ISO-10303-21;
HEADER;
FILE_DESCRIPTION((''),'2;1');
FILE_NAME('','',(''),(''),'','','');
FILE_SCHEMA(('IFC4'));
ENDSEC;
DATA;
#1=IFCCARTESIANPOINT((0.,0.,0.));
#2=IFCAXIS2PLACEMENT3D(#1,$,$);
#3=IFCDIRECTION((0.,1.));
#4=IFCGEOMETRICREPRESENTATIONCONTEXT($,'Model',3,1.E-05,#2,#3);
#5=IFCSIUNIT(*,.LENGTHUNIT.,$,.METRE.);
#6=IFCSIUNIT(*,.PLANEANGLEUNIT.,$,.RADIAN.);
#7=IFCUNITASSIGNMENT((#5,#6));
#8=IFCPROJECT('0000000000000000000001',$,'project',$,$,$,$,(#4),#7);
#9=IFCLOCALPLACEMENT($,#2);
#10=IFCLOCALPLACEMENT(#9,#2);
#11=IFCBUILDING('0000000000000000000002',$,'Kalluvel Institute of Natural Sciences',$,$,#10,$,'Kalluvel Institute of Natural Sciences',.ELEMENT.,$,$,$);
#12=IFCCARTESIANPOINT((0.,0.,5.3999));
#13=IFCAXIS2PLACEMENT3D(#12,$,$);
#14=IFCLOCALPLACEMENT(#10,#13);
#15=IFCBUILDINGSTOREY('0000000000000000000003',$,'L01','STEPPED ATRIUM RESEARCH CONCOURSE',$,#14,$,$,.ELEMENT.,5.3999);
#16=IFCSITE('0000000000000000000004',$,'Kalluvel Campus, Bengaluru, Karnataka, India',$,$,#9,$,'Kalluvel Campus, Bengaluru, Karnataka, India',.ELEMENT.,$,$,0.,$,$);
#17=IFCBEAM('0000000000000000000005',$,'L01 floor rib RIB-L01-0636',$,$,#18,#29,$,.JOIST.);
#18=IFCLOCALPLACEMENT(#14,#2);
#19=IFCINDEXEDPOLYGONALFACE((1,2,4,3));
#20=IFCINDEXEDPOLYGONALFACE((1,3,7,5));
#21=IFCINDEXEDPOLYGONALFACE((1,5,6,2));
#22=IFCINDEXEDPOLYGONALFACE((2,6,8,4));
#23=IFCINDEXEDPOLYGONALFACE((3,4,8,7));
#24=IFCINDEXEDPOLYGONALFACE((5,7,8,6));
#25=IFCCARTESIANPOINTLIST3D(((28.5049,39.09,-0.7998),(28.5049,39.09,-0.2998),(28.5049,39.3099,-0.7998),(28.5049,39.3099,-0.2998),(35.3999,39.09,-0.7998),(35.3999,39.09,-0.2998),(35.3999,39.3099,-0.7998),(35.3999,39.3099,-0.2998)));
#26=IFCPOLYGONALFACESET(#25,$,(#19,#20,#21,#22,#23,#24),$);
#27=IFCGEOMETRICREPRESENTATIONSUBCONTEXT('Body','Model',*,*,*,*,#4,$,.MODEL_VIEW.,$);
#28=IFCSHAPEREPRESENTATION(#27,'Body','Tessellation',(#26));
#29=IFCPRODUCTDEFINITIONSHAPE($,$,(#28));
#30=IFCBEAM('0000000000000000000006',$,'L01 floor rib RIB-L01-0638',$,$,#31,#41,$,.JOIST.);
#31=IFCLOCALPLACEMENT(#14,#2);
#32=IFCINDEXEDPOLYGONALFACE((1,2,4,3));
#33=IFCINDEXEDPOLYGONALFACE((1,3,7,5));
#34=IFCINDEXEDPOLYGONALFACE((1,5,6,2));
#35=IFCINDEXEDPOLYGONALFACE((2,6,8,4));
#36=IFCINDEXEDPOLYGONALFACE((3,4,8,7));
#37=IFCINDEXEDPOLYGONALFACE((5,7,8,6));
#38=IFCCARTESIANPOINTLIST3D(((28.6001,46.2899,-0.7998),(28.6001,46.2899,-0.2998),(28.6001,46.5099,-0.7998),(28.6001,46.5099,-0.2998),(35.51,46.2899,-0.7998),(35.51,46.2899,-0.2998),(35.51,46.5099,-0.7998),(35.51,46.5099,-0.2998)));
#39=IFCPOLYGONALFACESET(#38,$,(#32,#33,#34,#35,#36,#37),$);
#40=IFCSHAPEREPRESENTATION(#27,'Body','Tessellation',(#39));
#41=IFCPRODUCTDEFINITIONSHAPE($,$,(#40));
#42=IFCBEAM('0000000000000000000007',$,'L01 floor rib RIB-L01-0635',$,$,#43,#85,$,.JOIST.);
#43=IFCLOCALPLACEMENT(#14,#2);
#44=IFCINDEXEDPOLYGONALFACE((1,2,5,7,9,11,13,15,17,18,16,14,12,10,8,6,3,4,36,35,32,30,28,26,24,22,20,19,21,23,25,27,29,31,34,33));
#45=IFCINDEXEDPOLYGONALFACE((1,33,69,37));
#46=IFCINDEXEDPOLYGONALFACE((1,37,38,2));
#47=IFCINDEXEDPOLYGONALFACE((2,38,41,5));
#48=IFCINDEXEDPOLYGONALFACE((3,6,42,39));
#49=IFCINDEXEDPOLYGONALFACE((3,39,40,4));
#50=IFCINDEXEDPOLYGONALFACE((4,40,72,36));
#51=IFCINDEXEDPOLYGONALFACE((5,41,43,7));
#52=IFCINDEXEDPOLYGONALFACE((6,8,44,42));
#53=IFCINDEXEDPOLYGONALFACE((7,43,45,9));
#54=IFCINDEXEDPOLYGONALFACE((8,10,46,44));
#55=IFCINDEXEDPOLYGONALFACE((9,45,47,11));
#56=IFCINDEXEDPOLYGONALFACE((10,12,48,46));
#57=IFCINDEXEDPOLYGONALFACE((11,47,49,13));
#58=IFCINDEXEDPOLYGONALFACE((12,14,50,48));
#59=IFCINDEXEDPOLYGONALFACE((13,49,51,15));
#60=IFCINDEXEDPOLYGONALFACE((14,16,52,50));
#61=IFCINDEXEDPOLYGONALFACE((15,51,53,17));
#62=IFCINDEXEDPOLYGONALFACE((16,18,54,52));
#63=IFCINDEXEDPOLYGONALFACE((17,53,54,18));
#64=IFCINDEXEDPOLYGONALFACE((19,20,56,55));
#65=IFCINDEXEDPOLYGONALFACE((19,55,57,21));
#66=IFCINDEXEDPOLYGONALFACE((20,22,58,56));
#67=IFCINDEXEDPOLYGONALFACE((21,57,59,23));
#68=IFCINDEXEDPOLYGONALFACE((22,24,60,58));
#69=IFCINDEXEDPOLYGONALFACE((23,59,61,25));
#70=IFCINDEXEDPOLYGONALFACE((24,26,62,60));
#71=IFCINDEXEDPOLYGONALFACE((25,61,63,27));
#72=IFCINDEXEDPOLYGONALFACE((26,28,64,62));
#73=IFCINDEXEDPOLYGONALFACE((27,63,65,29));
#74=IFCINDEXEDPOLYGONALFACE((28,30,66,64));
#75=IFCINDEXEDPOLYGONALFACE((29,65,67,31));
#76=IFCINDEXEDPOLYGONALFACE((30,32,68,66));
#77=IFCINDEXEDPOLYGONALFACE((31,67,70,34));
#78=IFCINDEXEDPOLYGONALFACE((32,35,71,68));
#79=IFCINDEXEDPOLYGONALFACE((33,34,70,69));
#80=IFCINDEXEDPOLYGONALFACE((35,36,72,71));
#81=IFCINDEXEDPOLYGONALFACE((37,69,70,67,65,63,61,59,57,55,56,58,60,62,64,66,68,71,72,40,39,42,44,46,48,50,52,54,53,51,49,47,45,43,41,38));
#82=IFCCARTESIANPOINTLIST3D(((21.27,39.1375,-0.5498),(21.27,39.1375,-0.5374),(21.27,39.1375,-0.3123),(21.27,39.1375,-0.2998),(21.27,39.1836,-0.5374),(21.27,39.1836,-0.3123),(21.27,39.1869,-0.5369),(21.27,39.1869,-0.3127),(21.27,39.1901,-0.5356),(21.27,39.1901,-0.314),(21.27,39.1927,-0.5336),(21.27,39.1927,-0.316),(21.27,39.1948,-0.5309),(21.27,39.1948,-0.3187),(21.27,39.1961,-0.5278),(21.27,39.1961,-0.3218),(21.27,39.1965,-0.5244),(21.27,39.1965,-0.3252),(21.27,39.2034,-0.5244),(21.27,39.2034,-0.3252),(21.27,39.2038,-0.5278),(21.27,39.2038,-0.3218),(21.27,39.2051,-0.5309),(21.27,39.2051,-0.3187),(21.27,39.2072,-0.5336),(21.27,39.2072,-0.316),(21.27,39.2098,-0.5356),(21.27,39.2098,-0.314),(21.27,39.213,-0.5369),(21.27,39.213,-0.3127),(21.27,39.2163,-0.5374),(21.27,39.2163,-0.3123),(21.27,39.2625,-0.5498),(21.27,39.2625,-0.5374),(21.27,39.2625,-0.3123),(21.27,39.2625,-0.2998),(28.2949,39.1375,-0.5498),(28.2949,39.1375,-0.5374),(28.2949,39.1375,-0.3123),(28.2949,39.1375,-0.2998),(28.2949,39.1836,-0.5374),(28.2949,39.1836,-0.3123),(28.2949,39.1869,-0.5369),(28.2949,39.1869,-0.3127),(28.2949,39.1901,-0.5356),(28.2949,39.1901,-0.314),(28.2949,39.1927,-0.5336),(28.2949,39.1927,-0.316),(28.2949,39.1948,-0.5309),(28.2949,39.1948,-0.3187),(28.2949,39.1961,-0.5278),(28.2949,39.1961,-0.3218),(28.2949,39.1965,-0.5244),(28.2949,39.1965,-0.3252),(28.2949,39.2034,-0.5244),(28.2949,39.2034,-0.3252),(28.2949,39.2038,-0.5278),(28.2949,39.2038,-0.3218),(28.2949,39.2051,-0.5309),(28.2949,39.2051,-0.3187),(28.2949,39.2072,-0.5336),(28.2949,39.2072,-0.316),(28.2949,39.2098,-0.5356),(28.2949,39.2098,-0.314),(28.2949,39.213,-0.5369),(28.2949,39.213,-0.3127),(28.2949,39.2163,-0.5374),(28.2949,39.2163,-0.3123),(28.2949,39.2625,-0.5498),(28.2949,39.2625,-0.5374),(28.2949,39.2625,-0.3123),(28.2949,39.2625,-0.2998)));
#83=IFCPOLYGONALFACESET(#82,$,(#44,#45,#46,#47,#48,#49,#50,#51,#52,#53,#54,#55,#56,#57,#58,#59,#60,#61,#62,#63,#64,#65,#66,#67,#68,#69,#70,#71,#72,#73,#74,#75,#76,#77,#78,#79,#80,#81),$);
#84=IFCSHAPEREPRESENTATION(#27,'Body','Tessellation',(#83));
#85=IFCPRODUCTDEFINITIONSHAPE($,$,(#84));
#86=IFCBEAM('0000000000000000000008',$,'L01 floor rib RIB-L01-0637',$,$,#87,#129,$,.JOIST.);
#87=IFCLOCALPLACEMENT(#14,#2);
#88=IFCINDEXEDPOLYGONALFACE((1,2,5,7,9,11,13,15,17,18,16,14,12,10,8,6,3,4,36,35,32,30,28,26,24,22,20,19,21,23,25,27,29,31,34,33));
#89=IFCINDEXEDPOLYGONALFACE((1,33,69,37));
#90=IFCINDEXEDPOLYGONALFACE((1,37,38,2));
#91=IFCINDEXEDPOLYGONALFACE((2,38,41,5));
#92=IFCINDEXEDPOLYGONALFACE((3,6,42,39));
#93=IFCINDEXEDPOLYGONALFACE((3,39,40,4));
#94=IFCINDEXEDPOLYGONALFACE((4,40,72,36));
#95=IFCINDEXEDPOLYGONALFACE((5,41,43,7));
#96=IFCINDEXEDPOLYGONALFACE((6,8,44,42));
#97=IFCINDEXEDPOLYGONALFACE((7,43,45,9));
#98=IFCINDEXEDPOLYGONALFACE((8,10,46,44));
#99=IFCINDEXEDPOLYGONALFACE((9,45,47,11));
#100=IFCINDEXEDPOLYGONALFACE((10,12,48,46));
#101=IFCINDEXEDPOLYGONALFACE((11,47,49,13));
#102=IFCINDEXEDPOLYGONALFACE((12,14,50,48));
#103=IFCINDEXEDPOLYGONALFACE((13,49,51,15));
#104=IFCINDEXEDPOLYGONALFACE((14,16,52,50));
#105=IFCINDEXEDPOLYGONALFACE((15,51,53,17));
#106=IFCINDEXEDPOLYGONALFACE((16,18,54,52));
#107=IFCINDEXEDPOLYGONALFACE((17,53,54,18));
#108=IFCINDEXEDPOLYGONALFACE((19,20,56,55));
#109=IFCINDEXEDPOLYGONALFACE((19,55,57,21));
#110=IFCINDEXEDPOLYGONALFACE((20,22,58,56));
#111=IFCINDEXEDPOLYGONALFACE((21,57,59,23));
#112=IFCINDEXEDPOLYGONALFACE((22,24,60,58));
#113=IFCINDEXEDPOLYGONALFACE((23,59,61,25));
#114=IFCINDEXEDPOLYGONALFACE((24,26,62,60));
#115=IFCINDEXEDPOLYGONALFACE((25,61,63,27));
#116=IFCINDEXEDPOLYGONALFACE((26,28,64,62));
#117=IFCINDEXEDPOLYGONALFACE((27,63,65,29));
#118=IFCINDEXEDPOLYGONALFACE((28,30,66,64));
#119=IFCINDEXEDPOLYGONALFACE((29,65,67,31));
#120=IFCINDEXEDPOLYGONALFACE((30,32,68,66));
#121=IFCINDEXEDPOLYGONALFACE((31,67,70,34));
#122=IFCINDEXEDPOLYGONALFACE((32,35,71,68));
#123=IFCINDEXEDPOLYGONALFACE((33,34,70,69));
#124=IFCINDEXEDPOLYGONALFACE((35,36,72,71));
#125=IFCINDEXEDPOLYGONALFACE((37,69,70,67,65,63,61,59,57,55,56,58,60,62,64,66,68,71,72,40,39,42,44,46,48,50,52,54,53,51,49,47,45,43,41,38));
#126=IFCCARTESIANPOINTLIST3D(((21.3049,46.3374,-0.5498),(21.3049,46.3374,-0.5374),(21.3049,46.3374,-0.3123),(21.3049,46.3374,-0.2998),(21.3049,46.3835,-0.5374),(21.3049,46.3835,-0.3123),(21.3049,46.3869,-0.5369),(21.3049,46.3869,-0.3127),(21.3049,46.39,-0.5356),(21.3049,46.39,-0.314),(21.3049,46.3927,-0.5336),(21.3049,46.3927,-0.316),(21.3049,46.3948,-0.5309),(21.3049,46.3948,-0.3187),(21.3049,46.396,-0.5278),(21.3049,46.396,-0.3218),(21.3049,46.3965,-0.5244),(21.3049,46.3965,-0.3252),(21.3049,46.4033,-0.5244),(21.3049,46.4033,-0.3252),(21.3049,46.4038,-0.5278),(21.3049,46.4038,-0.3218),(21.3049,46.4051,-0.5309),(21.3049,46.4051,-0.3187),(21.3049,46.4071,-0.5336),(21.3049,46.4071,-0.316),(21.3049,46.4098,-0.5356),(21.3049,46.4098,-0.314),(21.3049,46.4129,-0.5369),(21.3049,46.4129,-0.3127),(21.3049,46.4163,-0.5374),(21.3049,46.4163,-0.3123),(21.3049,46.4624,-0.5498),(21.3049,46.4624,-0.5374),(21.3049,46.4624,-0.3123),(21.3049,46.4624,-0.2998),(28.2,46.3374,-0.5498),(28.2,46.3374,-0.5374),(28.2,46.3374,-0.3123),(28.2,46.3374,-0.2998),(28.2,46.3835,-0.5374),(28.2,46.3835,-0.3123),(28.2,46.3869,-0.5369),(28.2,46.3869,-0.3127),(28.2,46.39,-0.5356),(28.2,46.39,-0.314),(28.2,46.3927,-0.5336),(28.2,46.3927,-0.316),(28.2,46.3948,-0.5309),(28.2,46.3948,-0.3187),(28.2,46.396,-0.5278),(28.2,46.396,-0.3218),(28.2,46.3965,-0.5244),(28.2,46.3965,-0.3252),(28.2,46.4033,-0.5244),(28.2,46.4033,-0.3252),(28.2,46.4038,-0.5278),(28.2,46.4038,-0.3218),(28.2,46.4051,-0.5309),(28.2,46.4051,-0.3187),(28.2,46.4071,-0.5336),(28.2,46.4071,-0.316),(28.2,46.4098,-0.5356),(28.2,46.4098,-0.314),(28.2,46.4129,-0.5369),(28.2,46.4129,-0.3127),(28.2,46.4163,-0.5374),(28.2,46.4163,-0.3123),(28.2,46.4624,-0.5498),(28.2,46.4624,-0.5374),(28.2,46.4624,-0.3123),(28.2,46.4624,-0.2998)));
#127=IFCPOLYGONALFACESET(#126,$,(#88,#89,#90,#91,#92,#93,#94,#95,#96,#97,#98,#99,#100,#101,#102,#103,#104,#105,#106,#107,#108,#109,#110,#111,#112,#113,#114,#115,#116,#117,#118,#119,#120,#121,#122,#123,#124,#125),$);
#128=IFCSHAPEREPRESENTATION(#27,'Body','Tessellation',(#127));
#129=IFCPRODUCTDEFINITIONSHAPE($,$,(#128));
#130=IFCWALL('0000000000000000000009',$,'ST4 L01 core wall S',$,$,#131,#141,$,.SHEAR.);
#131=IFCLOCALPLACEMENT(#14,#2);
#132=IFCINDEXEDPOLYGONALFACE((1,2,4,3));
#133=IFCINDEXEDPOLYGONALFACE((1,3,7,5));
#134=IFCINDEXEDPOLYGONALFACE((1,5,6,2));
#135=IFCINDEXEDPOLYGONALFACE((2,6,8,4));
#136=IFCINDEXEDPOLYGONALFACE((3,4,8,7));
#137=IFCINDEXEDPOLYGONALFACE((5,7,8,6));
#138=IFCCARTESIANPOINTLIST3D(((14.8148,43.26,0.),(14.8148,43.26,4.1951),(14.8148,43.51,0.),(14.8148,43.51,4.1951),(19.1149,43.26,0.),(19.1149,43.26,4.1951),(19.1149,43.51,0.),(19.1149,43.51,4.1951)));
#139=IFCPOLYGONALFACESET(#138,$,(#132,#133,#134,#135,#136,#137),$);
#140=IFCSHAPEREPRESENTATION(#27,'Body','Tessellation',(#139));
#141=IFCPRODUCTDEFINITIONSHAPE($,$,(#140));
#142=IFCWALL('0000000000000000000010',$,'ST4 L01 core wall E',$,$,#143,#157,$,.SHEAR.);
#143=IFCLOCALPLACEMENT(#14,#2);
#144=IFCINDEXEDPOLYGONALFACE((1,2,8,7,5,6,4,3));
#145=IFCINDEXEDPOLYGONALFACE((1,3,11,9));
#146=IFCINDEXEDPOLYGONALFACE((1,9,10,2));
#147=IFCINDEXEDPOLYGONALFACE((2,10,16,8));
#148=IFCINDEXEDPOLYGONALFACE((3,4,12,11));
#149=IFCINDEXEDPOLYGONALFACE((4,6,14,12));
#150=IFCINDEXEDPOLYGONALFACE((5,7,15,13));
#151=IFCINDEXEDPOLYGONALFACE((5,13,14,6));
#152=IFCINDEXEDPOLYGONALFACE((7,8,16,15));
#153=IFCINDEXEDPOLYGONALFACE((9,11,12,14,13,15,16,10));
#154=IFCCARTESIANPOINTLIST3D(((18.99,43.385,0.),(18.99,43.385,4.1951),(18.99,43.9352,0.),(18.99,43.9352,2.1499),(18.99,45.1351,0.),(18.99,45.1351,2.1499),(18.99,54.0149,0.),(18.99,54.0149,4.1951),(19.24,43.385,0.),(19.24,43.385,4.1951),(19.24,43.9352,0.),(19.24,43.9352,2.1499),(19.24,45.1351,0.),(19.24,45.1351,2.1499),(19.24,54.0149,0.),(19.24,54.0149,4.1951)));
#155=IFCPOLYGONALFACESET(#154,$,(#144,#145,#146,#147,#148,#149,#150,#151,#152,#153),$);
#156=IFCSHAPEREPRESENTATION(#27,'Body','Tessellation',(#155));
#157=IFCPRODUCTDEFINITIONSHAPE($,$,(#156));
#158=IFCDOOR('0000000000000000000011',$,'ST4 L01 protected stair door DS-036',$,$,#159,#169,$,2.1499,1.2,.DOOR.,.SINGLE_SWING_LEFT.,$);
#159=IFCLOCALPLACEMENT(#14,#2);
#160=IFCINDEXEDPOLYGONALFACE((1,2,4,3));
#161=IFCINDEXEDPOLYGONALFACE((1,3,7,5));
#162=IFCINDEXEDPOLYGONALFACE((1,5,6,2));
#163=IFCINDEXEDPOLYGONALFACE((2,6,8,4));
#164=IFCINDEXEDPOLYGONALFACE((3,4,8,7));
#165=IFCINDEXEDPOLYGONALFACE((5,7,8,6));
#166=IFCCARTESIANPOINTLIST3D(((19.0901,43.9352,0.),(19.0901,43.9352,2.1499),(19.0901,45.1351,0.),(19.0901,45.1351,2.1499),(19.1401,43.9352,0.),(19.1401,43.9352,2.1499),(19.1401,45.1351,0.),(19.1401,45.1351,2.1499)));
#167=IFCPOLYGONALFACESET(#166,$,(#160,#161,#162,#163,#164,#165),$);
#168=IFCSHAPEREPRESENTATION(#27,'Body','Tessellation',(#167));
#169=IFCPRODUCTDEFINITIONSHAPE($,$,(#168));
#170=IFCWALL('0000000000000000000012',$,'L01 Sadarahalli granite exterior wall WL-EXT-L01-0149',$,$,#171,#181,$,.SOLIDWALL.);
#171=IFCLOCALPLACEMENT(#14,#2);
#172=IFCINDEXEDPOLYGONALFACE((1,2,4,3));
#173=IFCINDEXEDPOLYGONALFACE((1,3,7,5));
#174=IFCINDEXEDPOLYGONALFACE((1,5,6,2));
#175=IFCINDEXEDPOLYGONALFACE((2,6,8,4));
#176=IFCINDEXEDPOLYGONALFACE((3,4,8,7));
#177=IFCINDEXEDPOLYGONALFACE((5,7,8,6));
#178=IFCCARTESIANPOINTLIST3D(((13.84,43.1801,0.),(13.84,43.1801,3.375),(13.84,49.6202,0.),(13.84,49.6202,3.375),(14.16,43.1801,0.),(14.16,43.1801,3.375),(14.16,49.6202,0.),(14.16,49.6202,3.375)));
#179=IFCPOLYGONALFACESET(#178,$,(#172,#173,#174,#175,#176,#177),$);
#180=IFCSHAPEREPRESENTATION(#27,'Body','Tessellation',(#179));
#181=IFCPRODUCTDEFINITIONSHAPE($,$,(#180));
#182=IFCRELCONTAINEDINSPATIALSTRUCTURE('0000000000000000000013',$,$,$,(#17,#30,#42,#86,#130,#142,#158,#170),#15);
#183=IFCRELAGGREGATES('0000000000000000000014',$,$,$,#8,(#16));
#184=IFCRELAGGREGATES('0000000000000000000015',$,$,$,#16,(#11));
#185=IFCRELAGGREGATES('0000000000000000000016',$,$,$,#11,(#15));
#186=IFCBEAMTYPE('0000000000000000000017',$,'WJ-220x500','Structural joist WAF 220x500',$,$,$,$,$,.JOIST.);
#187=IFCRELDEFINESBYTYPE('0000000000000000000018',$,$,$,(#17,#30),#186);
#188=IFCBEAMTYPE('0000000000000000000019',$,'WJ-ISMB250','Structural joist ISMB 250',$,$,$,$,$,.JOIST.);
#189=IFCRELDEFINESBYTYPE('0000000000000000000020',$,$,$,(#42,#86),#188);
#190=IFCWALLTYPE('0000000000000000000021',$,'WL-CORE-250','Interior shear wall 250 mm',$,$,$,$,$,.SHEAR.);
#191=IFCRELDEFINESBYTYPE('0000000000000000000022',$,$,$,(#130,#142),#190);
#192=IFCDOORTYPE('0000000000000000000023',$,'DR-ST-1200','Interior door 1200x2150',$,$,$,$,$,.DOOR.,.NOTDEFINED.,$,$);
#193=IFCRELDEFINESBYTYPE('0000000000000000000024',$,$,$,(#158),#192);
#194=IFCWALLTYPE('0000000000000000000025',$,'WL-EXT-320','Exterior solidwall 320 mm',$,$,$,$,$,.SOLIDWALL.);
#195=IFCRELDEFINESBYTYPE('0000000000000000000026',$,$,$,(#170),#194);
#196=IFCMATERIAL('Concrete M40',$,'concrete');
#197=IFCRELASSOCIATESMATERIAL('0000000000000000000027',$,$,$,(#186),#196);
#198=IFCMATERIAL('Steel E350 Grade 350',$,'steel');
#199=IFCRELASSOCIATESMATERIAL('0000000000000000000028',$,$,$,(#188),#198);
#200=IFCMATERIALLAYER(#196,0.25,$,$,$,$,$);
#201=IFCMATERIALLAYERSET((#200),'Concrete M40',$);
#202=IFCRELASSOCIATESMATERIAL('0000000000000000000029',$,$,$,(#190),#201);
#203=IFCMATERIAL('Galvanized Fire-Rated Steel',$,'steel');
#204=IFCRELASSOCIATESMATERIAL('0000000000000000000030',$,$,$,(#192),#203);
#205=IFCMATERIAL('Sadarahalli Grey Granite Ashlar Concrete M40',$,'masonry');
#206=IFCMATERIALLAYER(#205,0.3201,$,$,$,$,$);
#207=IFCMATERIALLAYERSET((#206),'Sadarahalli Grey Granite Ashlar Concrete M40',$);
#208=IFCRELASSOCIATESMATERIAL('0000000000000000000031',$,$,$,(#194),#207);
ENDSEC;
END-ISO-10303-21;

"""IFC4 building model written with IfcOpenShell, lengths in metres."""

from ifc_helpers import new_model, si_unit, direction, frame, frame_2d, origin, origin_2d, place, context, subcontext, project, spatial, rectangle, i_section, extrude, material, layer, layer_set, material_profile, profile_set, type_object, element, fill, save


model = new_model("IFC4")

# Units and contexts
model_context = context("Model", 3, precision=1e-05, world=origin(), true_north=direction((0.0, 1.0)))
body_context = subcontext(model_context, "Body", "Model", "MODEL_VIEW")
ifc_project = project(units=[si_unit("LENGTHUNIT", "METRE"), si_unit("PLANEANGLEUNIT", "RADIAN")], contexts=[model_context])

# Site, building, storey
site_placement = place(None, origin())
site = spatial("IfcSite", under=ifc_project, at=site_placement, Name="Kalluvel Campus, Bengaluru, Karnataka, India", LongName="Kalluvel Campus, Bengaluru, Karnataka, India", CompositionType="ELEMENT", RefElevation=0.0)
building_placement = place(site_placement, origin())
building = spatial("IfcBuilding", under=site, at=building_placement, Name="Kalluvel Institute of Natural Sciences", LongName="Kalluvel Institute of Natural Sciences", CompositionType="ELEMENT")
storey_placement = place(building_placement, frame((0.0, 0.0, 5.3999)))
storey = spatial("IfcBuildingStorey", under=building, at=storey_placement, Name="L01", Description="STEPPED ATRIUM RESEARCH CONCOURSE", CompositionType="ELEMENT", Elevation=5.3999)

# Beams
ifc_material_1 = material(Name="Steel E350 Grade 350", Category="steel")
ifc_material_2 = material(Name="Concrete M40", Category="concrete")
ifc_material_profile_1 = material_profile(ifc_material_2, rectangle(XDim=0.22, YDim=0.5, at=origin_2d()), Name="WAF 220x500")
ifc_profile_set_1 = profile_set([ifc_material_profile_1], Name="Concrete M40")
beam_type_1 = type_object("IfcBeamType", Name="WJ-220x500", Description="Structural joist WAF 220x500", PredefinedType="JOIST", material=ifc_profile_set_1)
beam_1_placement = place(storey_placement, frame((28.5049, 39.2, -0.5498), z_axis=(1.0, 0.0, 0.0), x_axis=(0.0, 1.0, 0.0)))
element("IfcBeam", 1, at=beam_1_placement, inside=storey, type_object=beam_type_1, Name="L01 floor rib RIB-L01-0636", PredefinedType="JOIST", context=body_context, shape_type="SweptSolid", body=[
    extrude(rectangle(XDim=0.22, YDim=0.5, at=origin_2d()), origin(), (0.0, 0.0, 1.0), 6.895),
])
beam_2_placement = place(storey_placement, frame((28.6001, 46.3999, -0.5498), z_axis=(1.0, 0.0, 0.0), x_axis=(0.0, 1.0, 0.0)))
element("IfcBeam", 2, at=beam_2_placement, inside=storey, type_object=beam_type_1, Name="L01 floor rib RIB-L01-0638", PredefinedType="JOIST", context=body_context, shape_type="SweptSolid", body=[
    extrude(rectangle(XDim=0.22, YDim=0.5, at=origin_2d()), origin(), (0.0, 0.0, 1.0), 6.9099),
])
ifc_material_profile_2 = material_profile(ifc_material_1, i_section(OverallWidth=0.125, OverallDepth=0.25, WebThickness=0.0068, FlangeThickness=0.0125, FilletRadius=0.0129, at=origin_2d()), Name="ISMB 250")
ifc_profile_set_2 = profile_set([ifc_material_profile_2], Name="Steel E350 Grade 350")
beam_type_2 = type_object("IfcBeamType", Name="WJ-ISMB250", Description="Structural joist ISMB 250", PredefinedType="JOIST", material=ifc_profile_set_2)
beam_3_placement = place(storey_placement, frame((21.27, 39.2, -0.4248), z_axis=(1.0, 0.0, 0.0), x_axis=(0.0, 1.0, 0.0)))
element("IfcBeam", 3, at=beam_3_placement, inside=storey, type_object=beam_type_2, Name="L01 floor rib RIB-L01-0635", PredefinedType="JOIST", context=body_context, shape_type="SweptSolid", body=[
    extrude(i_section(OverallWidth=0.125, OverallDepth=0.25, WebThickness=0.0068, FlangeThickness=0.0125, FilletRadius=0.0129, at=origin_2d()), origin(), (0.0, 0.0, 1.0), 7.0249),
])
beam_4_placement = place(storey_placement, frame((21.3049, 46.3999, -0.4248), z_axis=(1.0, 0.0, 0.0), x_axis=(0.0, 1.0, 0.0)))
element("IfcBeam", 4, at=beam_4_placement, inside=storey, type_object=beam_type_2, Name="L01 floor rib RIB-L01-0637", PredefinedType="JOIST", context=body_context, shape_type="SweptSolid", body=[
    extrude(i_section(OverallWidth=0.125, OverallDepth=0.25, WebThickness=0.0068, FlangeThickness=0.0125, FilletRadius=0.0129, at=origin_2d()), origin(), (0.0, 0.0, 1.0), 6.895),
])

# Wall
ifc_layer_1 = layer(ifc_material_2, 0.25)
ifc_layer_set_1 = layer_set([ifc_layer_1], Name="Concrete M40")
wall_type_1 = type_object("IfcWallType", Name="WL-CORE-250", Description="Interior shear wall 250 mm", PredefinedType="SHEAR", material=ifc_layer_set_1)
wall_1_placement = place(storey_placement, frame((14.8149, 43.385, 0.0), z_axis=(0.0, 0.0, 1.0), x_axis=(1.0, 0.0, 0.0)))
element("IfcWall", 5, at=wall_1_placement, inside=storey, type_object=wall_type_1, Name="ST4 L01 core wall S", PredefinedType="SHEAR", context=body_context, shape_type="SweptSolid", body=[
    extrude(rectangle(XDim=4.3, YDim=0.25, at=frame_2d((2.1499, 0.0))), origin(), (0.0, 0.0, 1.0), 4.1951),
])

# Wall, opening, door
wall_2_placement = place(storey_placement, frame((19.115, 43.385, 0.0), z_axis=(0.0, 0.0, 1.0), x_axis=(0.0, 1.0, 0.0)))
wall_2 = element("IfcWall", 6, at=wall_2_placement, inside=storey, type_object=wall_type_1, Name="ST4 L01 core wall E", PredefinedType="SHEAR", context=body_context, shape_type="SweptSolid", body=[
    extrude(rectangle(XDim=10.6299, YDim=0.25, at=frame_2d((5.3149, 0.0))), origin(), (0.0, 0.0, 1.0), 4.1951),
])
opening_placement = place(wall_2_placement, frame((0.55, 0.0, 0.0)))
opening = element("IfcOpeningElement", 7, at=opening_placement, cuts=wall_2, PredefinedType="OPENING", context=body_context, shape_type="SweptSolid", body=[
    extrude(rectangle(XDim=1.2, YDim=2.1499, at=frame_2d((0.6001, 1.075))), frame((0.0, 0.135, 0.0), z_axis=(0.0, -1.0, 0.0), x_axis=(1.0, 0.0, 0.0)), (0.0, 0.0, 1.0), 0.27),
])
ifc_material_3 = material(Name="Galvanized Fire-Rated Steel", Category="steel")
door_type = type_object("IfcDoorType", Name="DR-ST-1200", Description="Interior door 1200x2150", OperationType="NOTDEFINED", PredefinedType="DOOR", material=ifc_material_3)
door_placement = place(opening_placement, origin())
door = element("IfcDoor", 8, at=door_placement, inside=storey, type_object=door_type, Name="ST4 L01 protected stair door DS-036", OperationType="SINGLE_SWING_LEFT", OverallHeight=2.1499, OverallWidth=1.2, PredefinedType="DOOR", context=body_context, shape_type="SweptSolid", body=[
    extrude(rectangle(XDim=1.2, YDim=2.1499, at=frame_2d((0.6001, 1.075))), frame((0.0, 0.0249, 0.0), z_axis=(0.0, -1.0, 0.0), x_axis=(1.0, 0.0, 0.0)), (0.0, 0.0, 1.0), 0.05),
])
fill(opening, door)

# Wall
ifc_material_4 = material(Name="Sadarahalli Grey Granite Ashlar Concrete M40", Category="masonry")
ifc_layer_2 = layer(ifc_material_4, 0.3201)
ifc_layer_set_2 = layer_set([ifc_layer_2], Name="Sadarahalli Grey Granite Ashlar Concrete M40")
wall_type_2 = type_object("IfcWallType", Name="WL-EXT-320", Description="Exterior solidwall 320 mm", PredefinedType="SOLIDWALL", material=ifc_layer_set_2)
wall_3_placement = place(storey_placement, frame((14.0, 43.1799, 0.0), z_axis=(0.0, 0.0, 1.0), x_axis=(0.0, 1.0, 0.0)))
element("IfcWall", 9, at=wall_3_placement, inside=storey, type_object=wall_type_2, Name="L01 Sadarahalli granite exterior wall WL-EXT-L01-0149", PredefinedType="SOLIDWALL", context=body_context, shape_type="SweptSolid", body=[
    extrude(rectangle(XDim=6.4402, YDim=0.3201, at=frame_2d((3.2202, 0.0))), origin(), (0.0, 0.0, 1.0), 3.375),
])

save(model, "model.ifc")
